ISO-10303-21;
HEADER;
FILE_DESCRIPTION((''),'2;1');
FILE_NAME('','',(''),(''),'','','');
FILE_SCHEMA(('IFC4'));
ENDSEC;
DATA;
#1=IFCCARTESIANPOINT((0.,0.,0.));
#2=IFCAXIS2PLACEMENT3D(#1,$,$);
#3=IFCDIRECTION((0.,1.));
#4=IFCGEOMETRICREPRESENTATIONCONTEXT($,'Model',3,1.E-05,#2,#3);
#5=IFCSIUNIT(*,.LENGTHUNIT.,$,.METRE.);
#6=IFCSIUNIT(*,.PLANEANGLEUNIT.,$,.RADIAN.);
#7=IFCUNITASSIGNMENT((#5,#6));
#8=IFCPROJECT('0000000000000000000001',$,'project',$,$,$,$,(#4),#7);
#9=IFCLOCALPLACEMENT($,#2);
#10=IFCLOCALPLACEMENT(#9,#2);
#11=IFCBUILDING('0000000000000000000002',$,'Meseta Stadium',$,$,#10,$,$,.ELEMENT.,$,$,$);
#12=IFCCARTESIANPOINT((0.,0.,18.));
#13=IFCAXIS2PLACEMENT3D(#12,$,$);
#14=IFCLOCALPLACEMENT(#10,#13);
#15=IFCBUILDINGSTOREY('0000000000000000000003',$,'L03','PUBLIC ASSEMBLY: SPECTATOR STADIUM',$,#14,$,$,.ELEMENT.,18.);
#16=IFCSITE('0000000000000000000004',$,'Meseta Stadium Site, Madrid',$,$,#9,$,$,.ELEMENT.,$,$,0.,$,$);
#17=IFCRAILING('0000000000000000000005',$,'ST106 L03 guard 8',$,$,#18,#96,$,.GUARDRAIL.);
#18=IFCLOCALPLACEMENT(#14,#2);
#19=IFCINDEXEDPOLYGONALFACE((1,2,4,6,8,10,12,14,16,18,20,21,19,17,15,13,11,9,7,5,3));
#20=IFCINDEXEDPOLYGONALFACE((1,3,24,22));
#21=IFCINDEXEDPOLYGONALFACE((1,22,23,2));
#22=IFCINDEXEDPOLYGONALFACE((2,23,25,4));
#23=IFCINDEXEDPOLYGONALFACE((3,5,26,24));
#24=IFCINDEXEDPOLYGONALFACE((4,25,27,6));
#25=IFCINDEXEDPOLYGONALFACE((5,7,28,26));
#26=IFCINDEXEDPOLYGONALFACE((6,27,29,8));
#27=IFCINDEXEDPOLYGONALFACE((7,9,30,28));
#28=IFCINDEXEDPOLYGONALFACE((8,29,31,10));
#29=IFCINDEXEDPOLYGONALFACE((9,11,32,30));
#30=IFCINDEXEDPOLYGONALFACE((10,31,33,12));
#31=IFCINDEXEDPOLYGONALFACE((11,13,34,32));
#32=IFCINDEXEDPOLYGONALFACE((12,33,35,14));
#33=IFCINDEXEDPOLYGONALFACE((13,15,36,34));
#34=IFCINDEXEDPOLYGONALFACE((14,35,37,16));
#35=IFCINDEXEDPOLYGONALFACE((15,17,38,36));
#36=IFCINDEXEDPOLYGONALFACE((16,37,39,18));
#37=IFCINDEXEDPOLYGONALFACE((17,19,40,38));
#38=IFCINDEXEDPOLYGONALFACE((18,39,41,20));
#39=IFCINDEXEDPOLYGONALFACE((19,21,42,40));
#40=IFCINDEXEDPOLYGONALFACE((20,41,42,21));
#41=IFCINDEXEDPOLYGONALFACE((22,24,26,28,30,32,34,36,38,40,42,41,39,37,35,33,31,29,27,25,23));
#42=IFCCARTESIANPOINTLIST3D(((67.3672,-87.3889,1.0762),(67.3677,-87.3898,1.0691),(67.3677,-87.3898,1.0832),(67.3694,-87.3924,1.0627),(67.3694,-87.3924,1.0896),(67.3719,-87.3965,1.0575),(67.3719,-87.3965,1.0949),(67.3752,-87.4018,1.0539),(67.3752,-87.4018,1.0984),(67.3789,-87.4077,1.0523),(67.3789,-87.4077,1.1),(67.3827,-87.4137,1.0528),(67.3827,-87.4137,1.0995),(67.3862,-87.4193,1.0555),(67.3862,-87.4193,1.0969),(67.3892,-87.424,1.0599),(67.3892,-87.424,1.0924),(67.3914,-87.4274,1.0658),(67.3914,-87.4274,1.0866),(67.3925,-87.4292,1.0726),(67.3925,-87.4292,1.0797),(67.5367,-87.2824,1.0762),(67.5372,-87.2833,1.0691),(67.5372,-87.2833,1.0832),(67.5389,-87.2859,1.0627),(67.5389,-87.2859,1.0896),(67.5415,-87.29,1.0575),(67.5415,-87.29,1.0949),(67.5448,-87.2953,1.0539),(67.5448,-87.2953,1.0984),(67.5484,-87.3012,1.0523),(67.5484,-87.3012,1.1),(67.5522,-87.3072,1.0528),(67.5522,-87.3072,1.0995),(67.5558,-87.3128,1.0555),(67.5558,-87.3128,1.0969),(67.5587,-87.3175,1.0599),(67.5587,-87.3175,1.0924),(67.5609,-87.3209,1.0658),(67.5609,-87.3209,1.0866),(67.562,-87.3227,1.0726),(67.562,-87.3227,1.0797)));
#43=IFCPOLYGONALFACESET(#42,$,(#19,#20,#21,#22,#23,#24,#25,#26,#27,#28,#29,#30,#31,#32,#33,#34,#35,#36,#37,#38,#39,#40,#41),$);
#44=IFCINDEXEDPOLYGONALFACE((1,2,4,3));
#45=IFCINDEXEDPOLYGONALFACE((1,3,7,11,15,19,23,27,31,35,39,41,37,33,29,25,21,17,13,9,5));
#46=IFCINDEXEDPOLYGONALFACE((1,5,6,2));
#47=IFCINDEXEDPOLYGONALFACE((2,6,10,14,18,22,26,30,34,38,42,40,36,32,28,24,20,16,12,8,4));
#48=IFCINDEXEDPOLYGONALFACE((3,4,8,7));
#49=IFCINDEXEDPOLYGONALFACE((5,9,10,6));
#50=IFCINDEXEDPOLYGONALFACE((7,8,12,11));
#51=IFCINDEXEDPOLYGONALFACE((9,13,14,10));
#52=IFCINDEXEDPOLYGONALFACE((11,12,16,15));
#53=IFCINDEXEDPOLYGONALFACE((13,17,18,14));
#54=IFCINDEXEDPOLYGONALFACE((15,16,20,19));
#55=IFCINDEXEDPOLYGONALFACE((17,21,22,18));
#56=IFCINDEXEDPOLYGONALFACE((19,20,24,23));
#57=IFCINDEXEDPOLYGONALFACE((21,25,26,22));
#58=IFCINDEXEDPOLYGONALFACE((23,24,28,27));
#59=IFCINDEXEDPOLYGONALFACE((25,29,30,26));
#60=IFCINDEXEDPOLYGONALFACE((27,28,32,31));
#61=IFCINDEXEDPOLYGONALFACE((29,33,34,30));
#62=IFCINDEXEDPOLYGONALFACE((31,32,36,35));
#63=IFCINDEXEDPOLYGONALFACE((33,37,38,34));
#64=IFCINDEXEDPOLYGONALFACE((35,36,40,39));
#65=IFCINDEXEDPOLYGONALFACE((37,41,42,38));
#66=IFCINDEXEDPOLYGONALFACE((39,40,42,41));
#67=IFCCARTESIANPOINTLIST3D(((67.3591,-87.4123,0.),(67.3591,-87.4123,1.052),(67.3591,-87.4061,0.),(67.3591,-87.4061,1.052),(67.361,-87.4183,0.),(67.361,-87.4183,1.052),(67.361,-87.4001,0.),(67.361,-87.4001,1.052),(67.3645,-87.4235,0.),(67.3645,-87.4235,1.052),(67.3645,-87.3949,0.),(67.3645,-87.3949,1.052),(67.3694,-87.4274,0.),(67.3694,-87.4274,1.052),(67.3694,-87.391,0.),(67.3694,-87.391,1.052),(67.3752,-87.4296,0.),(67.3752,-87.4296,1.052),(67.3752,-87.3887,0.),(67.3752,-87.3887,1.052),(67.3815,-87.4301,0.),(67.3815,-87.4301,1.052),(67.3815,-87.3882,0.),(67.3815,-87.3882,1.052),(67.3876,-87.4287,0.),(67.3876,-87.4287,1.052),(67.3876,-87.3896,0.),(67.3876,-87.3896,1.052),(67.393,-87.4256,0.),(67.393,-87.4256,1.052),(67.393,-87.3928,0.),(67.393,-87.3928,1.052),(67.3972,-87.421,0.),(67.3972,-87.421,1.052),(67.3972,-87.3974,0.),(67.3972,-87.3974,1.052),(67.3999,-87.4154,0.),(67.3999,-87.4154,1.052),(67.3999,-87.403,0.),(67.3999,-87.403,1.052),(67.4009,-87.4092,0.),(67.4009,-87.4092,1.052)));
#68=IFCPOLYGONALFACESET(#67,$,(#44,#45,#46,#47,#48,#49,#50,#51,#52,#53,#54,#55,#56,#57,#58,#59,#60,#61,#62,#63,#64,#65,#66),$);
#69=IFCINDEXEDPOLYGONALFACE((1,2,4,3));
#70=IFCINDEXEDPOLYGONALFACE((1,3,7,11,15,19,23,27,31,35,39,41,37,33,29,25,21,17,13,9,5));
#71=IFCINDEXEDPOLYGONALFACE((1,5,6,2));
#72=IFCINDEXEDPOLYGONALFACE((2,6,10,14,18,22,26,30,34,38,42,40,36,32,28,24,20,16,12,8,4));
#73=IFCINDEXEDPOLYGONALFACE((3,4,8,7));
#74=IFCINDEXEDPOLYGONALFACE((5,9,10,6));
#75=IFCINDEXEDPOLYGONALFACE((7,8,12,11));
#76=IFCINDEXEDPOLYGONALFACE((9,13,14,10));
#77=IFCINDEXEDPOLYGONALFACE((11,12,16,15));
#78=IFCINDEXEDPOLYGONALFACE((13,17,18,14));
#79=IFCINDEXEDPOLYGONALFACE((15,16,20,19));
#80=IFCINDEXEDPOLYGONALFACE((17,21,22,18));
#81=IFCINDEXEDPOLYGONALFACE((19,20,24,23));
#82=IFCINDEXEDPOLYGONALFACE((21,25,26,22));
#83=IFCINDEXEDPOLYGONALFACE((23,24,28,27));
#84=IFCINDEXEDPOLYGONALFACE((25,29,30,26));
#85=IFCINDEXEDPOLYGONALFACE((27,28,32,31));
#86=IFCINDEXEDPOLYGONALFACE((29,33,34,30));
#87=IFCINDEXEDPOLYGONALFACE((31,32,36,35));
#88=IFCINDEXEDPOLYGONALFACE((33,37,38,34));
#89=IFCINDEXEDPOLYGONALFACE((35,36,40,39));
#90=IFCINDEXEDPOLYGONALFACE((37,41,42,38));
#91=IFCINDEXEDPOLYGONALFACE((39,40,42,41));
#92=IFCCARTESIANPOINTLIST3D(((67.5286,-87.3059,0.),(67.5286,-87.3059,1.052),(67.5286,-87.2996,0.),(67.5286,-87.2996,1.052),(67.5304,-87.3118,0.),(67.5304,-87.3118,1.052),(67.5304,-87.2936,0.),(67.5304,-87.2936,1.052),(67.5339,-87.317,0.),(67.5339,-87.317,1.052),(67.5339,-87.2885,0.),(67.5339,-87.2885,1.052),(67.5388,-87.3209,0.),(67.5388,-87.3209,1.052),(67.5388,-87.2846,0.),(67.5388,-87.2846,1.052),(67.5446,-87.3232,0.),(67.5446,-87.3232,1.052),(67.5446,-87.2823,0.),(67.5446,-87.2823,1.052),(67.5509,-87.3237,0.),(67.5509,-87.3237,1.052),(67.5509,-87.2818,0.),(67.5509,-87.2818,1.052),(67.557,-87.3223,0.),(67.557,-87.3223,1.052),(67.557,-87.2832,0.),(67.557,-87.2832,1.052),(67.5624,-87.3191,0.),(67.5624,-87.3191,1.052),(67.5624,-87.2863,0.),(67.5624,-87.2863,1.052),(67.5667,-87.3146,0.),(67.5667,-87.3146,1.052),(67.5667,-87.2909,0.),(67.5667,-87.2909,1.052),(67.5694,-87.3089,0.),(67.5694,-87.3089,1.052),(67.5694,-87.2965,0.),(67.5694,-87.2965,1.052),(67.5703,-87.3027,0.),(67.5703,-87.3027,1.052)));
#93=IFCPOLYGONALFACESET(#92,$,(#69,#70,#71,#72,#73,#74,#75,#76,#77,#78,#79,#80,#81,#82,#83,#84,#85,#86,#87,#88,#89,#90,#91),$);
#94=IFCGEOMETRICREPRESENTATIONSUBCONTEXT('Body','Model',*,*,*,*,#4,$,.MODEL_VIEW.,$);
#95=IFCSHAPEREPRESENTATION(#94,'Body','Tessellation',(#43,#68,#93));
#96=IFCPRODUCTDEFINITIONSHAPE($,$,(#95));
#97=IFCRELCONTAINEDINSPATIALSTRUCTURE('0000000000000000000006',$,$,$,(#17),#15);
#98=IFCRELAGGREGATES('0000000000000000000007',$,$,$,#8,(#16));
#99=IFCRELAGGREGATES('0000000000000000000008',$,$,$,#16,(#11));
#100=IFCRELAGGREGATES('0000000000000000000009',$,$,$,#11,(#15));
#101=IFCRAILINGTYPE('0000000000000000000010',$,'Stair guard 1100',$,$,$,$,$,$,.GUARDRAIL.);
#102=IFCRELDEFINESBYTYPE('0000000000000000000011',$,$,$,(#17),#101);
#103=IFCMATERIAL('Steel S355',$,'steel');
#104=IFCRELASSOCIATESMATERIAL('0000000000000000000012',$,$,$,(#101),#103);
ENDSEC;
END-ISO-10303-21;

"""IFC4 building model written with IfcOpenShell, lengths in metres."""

from ifc_helpers import new_model, si_unit, direction, frame, origin, origin_2d, place, context, subcontext, project, spatial, circle, extrude, material, type_object, element, save


model = new_model("IFC4")

# Units and contexts
model_context = context("Model", 3, precision=1e-05, world=origin(), true_north=direction((0.0, 1.0)))
body_context = subcontext(model_context, "Body", "Model", "MODEL_VIEW")
ifc_project = project(units=[si_unit("LENGTHUNIT", "METRE"), si_unit("PLANEANGLEUNIT", "RADIAN")], contexts=[model_context])

# Site, building, storey
site_placement = place(None, origin())
site = spatial("IfcSite", under=ifc_project, at=site_placement, Name="Meseta Stadium Site, Madrid", CompositionType="ELEMENT", RefElevation=0.0)
building_placement = place(site_placement, origin())
building = spatial("IfcBuilding", under=site, at=building_placement, Name="Meseta Stadium", CompositionType="ELEMENT")
storey_placement = place(building_placement, frame((0.0, 0.0, 18.0)))
storey = spatial("IfcBuildingStorey", under=building, at=storey_placement, Name="L03", Description="PUBLIC ASSEMBLY: SPECTATOR STADIUM", CompositionType="ELEMENT", Elevation=18.0)

# Railing
ifc_material_1 = material(Name="Steel S355", Category="steel")
railing_type_1 = type_object("IfcRailingType", Name="Stair guard 1100", PredefinedType="GUARDRAIL", material=ifc_material_1)
railing_1_placement = place(storey_placement, frame((67.3799, -87.4092, 0.0)))
element("IfcRailing", 1, at=railing_1_placement, inside=storey, type_object=railing_type_1, Name="ST106 L03 guard 8", PredefinedType="GUARDRAIL", context=body_context, shape_type="SweptSolid", body=[
    extrude(circle(Radius=0.0239, at=origin_2d()), frame((0.0, 0.0, 1.0762), z_axis=(0.846762, 0.531972, 0.0), x_axis=(-0.531972, 0.846762, 0.0)), (0.0, 0.0, 1.0), 0.2002),
    extrude(circle(Radius=0.021, at=origin_2d()), origin(), (0.0, 0.0, 1.0), 1.052),
    extrude(circle(Radius=0.021, at=origin_2d()), frame((0.1694, 0.1064, 0.0)), (0.0, 0.0, 1.0), 1.052),
])

save(model, "model.ifc")
